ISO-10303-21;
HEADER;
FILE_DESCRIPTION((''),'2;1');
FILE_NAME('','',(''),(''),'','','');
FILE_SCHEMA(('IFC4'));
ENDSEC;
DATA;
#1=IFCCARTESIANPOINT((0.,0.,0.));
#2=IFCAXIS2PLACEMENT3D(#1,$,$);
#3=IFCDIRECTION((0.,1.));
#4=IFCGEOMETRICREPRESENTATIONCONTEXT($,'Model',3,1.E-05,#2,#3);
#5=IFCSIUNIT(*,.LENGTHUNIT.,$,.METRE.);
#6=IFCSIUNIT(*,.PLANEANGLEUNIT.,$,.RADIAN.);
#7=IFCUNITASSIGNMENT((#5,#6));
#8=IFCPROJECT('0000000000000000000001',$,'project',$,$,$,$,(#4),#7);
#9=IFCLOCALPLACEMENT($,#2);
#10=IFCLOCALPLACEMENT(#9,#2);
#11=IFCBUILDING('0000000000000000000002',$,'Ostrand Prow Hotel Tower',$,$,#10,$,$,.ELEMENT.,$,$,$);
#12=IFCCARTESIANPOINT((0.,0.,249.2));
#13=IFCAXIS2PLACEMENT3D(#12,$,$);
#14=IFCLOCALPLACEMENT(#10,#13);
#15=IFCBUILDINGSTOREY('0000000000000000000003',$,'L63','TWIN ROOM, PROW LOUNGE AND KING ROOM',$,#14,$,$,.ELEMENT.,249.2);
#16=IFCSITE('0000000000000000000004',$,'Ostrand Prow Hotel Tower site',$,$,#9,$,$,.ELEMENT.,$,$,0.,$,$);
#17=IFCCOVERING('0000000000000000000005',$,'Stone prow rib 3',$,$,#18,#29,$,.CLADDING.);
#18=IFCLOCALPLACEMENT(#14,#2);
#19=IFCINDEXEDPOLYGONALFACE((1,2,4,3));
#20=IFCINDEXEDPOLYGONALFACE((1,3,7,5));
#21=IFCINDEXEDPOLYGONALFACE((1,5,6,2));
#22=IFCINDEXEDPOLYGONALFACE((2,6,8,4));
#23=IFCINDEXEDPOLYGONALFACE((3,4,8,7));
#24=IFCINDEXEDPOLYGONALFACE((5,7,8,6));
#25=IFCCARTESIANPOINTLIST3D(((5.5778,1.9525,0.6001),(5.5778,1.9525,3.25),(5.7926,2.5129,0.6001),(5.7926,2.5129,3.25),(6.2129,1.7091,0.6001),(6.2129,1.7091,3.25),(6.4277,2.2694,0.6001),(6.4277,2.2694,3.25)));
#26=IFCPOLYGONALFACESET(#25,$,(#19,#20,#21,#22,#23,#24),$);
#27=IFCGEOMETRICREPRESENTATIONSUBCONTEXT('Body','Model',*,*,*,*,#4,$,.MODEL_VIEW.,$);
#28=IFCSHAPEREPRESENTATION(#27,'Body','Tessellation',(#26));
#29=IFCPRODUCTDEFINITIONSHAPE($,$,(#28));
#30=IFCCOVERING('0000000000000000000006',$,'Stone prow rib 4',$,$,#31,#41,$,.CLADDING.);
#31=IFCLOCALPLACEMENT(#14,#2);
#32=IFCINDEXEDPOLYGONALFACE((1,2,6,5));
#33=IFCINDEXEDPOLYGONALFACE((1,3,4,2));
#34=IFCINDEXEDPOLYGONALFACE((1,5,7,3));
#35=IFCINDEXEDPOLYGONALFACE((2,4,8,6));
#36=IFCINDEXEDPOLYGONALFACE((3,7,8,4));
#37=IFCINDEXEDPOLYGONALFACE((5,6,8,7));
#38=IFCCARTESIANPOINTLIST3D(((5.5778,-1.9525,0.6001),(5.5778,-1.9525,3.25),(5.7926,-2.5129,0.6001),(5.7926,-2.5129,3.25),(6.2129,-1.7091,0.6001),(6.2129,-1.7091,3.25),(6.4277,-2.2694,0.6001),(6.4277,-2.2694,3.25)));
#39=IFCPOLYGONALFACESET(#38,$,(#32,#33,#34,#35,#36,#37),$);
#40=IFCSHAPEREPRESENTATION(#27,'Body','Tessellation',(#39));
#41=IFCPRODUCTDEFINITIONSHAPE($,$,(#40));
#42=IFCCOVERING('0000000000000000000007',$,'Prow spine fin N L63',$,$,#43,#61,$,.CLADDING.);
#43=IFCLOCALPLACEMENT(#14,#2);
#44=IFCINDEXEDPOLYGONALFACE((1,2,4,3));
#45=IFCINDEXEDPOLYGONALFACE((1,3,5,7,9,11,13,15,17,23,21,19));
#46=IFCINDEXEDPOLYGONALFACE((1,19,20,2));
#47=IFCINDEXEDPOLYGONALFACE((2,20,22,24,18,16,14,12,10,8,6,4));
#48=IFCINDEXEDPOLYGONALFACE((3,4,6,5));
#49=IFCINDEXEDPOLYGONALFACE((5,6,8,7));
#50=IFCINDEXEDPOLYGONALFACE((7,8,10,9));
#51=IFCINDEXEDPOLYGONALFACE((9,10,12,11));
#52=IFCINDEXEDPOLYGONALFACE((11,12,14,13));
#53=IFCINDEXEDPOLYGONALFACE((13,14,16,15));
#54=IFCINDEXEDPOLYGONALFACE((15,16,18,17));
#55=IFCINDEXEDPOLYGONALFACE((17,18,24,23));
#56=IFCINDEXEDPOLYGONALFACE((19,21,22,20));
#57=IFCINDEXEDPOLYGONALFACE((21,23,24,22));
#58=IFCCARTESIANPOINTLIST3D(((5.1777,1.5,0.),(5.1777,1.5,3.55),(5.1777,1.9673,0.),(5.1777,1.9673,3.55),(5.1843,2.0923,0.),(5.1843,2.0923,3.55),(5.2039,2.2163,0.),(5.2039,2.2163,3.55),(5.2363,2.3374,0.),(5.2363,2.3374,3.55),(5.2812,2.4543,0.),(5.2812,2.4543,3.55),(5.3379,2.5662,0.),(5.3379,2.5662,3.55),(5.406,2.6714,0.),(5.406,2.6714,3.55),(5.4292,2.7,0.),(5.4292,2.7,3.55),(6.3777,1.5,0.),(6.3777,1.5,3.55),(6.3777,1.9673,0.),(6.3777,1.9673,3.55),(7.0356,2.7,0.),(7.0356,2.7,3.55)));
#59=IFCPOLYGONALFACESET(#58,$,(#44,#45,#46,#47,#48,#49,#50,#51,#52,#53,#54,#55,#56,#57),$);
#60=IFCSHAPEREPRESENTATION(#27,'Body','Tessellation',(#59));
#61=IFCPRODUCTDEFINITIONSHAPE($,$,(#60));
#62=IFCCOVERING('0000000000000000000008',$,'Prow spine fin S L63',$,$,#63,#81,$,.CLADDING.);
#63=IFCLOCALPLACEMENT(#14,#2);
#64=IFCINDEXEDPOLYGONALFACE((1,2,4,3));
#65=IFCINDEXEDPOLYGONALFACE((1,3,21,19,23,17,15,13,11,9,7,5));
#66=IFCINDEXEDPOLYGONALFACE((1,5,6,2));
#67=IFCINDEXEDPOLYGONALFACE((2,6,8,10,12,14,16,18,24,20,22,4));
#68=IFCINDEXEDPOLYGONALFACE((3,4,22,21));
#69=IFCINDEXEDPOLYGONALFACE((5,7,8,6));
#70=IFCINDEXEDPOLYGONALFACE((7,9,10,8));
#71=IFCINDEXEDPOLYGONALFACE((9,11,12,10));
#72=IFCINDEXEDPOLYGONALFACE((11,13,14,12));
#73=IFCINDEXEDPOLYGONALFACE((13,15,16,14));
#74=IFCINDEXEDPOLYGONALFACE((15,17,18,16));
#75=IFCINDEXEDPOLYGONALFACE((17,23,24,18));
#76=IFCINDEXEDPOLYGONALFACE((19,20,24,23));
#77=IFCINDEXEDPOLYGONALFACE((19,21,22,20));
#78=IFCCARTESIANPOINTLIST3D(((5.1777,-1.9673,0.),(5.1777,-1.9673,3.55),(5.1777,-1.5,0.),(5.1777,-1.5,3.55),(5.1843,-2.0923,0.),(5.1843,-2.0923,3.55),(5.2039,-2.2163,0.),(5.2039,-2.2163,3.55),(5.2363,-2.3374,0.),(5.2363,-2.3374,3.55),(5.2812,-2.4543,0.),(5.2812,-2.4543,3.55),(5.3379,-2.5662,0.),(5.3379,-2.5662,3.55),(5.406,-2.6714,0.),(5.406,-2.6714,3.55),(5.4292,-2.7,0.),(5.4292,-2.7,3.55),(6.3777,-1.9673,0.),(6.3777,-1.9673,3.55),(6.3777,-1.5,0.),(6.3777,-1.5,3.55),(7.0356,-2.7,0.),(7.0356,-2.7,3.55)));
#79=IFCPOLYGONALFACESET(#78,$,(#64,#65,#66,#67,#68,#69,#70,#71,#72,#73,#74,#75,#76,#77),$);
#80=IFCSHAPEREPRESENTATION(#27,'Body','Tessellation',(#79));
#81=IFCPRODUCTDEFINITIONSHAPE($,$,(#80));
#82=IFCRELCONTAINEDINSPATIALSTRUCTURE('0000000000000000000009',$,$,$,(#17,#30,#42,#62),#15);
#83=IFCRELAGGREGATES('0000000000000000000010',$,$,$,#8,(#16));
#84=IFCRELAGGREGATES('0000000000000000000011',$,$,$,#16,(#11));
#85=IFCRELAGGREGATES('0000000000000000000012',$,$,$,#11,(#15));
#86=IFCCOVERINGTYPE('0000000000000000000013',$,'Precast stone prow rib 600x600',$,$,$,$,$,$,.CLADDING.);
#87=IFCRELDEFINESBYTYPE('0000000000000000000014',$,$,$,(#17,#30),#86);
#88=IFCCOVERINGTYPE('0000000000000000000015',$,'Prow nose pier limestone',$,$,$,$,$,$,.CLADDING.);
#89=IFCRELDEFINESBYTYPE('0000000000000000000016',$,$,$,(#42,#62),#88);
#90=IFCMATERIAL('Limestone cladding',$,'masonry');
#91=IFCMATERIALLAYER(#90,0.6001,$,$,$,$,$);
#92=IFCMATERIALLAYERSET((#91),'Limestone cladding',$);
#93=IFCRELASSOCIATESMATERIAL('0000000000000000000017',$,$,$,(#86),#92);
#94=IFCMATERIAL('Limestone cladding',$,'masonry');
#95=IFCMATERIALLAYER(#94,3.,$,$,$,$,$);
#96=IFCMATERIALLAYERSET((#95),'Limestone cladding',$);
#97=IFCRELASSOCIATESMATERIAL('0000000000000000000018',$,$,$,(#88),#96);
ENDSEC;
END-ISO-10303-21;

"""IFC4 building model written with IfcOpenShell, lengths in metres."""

from ifc_helpers import new_model, si_unit, direction, frame, frame_2d, origin, place, context, subcontext, project, spatial, polyline, rectangle, outline, extrude, material, layer, layer_set, type_object, element, save


model = new_model("IFC4")

# Units and contexts
model_context = context("Model", 3, precision=1e-05, world=origin(), true_north=direction((0.0, 1.0)))
body_context = subcontext(model_context, "Body", "Model", "MODEL_VIEW")
ifc_project = project(units=[si_unit("LENGTHUNIT", "METRE"), si_unit("PLANEANGLEUNIT", "RADIAN")], contexts=[model_context])

# Site, building, storey
site_placement = place(None, origin())
site = spatial("IfcSite", under=ifc_project, at=site_placement, Name="Ostrand Prow Hotel Tower site", CompositionType="ELEMENT", RefElevation=0.0)
building_placement = place(site_placement, origin())
building = spatial("IfcBuilding", under=site, at=building_placement, Name="Ostrand Prow Hotel Tower", CompositionType="ELEMENT")
storey_placement = place(building_placement, frame((0.0, 0.0, 249.2)))
storey = spatial("IfcBuildingStorey", under=building, at=storey_placement, Name="L63", Description="TWIN ROOM, PROW LOUNGE AND KING ROOM", CompositionType="ELEMENT", Elevation=249.2)

# Coverings
ifc_material_1 = material(Name="Limestone cladding", Category="masonry")
ifc_layer_1 = layer(ifc_material_1, 0.6001)
ifc_layer_set_1 = layer_set([ifc_layer_1], Name="Limestone cladding")
covering_type_1 = type_object("IfcCoveringType", Name="Precast stone prow rib 600x600", PredefinedType="CLADDING", material=ifc_layer_set_1)
for number, where, z_axis, x_axis, name in (
    (1, (6.3203, 1.9893, 0.6001), (0.0, 0.0, 1.0), (-0.933752, 0.35792, 0.0), "Stone prow rib 3"),
    (2, (6.3203, -1.9893, 0.6001), (0.0, 0.0, 1.0), (-0.933752, -0.35792, 0.0), "Stone prow rib 4"),
):
    element("IfcCovering", number, at=place(storey_placement, frame(where, z_axis=z_axis, x_axis=x_axis)), inside=storey, type_object=covering_type_1, Name=name, PredefinedType="CLADDING", context=body_context, shape_type="SweptSolid", body=[
        extrude(rectangle(XDim=0.6802, YDim=0.6001, at=frame_2d((0.3401, 0.0))), origin(), (0.0, 0.0, 1.0), 2.6499),
    ])
ifc_material_2 = material(Name="Limestone cladding", Category="masonry")
ifc_layer_2 = layer(ifc_material_2, 3.0)
ifc_layer_set_2 = layer_set([ifc_layer_2], Name="Limestone cladding")
covering_type_2 = type_object("IfcCoveringType", Name="Prow nose pier limestone", PredefinedType="CLADDING", material=ifc_layer_set_2)
covering_1_placement = place(storey_placement, origin())
element("IfcCovering", 3, at=covering_1_placement, inside=storey, type_object=covering_type_2, Name="Prow spine fin N L63", PredefinedType="CLADDING", context=body_context, shape_type="SweptSolid", body=[
    extrude(outline(polyline([(5.1777, 1.9673), (5.1777, 1.5), (6.3777, 1.5), (6.3777, 1.9673), (7.0356, 2.7), (5.4292, 2.7), (5.406, 2.6714), (5.3379, 2.5662), (5.2812, 2.4543), (5.2363, 2.3374), (5.2039, 2.2163), (5.1843, 2.0923), (5.1777, 1.9673)])), origin(), (0.0, 0.0, 1.0), 3.55),
])
covering_2_placement = place(storey_placement, origin())
element("IfcCovering", 4, at=covering_2_placement, inside=storey, type_object=covering_type_2, Name="Prow spine fin S L63", PredefinedType="CLADDING", context=body_context, shape_type="SweptSolid", body=[
    extrude(outline(polyline([(5.406, -2.6714), (5.4292, -2.7), (7.0356, -2.7), (6.3777, -1.9673), (6.3777, -1.5), (5.1777, -1.5), (5.1777, -1.9673), (5.1843, -2.0923), (5.2039, -2.2163), (5.2363, -2.3374), (5.2812, -2.4543), (5.3379, -2.5662), (5.406, -2.6714)])), origin(), (0.0, 0.0, 1.0), 3.55),
])

save(model, "model.ifc")
